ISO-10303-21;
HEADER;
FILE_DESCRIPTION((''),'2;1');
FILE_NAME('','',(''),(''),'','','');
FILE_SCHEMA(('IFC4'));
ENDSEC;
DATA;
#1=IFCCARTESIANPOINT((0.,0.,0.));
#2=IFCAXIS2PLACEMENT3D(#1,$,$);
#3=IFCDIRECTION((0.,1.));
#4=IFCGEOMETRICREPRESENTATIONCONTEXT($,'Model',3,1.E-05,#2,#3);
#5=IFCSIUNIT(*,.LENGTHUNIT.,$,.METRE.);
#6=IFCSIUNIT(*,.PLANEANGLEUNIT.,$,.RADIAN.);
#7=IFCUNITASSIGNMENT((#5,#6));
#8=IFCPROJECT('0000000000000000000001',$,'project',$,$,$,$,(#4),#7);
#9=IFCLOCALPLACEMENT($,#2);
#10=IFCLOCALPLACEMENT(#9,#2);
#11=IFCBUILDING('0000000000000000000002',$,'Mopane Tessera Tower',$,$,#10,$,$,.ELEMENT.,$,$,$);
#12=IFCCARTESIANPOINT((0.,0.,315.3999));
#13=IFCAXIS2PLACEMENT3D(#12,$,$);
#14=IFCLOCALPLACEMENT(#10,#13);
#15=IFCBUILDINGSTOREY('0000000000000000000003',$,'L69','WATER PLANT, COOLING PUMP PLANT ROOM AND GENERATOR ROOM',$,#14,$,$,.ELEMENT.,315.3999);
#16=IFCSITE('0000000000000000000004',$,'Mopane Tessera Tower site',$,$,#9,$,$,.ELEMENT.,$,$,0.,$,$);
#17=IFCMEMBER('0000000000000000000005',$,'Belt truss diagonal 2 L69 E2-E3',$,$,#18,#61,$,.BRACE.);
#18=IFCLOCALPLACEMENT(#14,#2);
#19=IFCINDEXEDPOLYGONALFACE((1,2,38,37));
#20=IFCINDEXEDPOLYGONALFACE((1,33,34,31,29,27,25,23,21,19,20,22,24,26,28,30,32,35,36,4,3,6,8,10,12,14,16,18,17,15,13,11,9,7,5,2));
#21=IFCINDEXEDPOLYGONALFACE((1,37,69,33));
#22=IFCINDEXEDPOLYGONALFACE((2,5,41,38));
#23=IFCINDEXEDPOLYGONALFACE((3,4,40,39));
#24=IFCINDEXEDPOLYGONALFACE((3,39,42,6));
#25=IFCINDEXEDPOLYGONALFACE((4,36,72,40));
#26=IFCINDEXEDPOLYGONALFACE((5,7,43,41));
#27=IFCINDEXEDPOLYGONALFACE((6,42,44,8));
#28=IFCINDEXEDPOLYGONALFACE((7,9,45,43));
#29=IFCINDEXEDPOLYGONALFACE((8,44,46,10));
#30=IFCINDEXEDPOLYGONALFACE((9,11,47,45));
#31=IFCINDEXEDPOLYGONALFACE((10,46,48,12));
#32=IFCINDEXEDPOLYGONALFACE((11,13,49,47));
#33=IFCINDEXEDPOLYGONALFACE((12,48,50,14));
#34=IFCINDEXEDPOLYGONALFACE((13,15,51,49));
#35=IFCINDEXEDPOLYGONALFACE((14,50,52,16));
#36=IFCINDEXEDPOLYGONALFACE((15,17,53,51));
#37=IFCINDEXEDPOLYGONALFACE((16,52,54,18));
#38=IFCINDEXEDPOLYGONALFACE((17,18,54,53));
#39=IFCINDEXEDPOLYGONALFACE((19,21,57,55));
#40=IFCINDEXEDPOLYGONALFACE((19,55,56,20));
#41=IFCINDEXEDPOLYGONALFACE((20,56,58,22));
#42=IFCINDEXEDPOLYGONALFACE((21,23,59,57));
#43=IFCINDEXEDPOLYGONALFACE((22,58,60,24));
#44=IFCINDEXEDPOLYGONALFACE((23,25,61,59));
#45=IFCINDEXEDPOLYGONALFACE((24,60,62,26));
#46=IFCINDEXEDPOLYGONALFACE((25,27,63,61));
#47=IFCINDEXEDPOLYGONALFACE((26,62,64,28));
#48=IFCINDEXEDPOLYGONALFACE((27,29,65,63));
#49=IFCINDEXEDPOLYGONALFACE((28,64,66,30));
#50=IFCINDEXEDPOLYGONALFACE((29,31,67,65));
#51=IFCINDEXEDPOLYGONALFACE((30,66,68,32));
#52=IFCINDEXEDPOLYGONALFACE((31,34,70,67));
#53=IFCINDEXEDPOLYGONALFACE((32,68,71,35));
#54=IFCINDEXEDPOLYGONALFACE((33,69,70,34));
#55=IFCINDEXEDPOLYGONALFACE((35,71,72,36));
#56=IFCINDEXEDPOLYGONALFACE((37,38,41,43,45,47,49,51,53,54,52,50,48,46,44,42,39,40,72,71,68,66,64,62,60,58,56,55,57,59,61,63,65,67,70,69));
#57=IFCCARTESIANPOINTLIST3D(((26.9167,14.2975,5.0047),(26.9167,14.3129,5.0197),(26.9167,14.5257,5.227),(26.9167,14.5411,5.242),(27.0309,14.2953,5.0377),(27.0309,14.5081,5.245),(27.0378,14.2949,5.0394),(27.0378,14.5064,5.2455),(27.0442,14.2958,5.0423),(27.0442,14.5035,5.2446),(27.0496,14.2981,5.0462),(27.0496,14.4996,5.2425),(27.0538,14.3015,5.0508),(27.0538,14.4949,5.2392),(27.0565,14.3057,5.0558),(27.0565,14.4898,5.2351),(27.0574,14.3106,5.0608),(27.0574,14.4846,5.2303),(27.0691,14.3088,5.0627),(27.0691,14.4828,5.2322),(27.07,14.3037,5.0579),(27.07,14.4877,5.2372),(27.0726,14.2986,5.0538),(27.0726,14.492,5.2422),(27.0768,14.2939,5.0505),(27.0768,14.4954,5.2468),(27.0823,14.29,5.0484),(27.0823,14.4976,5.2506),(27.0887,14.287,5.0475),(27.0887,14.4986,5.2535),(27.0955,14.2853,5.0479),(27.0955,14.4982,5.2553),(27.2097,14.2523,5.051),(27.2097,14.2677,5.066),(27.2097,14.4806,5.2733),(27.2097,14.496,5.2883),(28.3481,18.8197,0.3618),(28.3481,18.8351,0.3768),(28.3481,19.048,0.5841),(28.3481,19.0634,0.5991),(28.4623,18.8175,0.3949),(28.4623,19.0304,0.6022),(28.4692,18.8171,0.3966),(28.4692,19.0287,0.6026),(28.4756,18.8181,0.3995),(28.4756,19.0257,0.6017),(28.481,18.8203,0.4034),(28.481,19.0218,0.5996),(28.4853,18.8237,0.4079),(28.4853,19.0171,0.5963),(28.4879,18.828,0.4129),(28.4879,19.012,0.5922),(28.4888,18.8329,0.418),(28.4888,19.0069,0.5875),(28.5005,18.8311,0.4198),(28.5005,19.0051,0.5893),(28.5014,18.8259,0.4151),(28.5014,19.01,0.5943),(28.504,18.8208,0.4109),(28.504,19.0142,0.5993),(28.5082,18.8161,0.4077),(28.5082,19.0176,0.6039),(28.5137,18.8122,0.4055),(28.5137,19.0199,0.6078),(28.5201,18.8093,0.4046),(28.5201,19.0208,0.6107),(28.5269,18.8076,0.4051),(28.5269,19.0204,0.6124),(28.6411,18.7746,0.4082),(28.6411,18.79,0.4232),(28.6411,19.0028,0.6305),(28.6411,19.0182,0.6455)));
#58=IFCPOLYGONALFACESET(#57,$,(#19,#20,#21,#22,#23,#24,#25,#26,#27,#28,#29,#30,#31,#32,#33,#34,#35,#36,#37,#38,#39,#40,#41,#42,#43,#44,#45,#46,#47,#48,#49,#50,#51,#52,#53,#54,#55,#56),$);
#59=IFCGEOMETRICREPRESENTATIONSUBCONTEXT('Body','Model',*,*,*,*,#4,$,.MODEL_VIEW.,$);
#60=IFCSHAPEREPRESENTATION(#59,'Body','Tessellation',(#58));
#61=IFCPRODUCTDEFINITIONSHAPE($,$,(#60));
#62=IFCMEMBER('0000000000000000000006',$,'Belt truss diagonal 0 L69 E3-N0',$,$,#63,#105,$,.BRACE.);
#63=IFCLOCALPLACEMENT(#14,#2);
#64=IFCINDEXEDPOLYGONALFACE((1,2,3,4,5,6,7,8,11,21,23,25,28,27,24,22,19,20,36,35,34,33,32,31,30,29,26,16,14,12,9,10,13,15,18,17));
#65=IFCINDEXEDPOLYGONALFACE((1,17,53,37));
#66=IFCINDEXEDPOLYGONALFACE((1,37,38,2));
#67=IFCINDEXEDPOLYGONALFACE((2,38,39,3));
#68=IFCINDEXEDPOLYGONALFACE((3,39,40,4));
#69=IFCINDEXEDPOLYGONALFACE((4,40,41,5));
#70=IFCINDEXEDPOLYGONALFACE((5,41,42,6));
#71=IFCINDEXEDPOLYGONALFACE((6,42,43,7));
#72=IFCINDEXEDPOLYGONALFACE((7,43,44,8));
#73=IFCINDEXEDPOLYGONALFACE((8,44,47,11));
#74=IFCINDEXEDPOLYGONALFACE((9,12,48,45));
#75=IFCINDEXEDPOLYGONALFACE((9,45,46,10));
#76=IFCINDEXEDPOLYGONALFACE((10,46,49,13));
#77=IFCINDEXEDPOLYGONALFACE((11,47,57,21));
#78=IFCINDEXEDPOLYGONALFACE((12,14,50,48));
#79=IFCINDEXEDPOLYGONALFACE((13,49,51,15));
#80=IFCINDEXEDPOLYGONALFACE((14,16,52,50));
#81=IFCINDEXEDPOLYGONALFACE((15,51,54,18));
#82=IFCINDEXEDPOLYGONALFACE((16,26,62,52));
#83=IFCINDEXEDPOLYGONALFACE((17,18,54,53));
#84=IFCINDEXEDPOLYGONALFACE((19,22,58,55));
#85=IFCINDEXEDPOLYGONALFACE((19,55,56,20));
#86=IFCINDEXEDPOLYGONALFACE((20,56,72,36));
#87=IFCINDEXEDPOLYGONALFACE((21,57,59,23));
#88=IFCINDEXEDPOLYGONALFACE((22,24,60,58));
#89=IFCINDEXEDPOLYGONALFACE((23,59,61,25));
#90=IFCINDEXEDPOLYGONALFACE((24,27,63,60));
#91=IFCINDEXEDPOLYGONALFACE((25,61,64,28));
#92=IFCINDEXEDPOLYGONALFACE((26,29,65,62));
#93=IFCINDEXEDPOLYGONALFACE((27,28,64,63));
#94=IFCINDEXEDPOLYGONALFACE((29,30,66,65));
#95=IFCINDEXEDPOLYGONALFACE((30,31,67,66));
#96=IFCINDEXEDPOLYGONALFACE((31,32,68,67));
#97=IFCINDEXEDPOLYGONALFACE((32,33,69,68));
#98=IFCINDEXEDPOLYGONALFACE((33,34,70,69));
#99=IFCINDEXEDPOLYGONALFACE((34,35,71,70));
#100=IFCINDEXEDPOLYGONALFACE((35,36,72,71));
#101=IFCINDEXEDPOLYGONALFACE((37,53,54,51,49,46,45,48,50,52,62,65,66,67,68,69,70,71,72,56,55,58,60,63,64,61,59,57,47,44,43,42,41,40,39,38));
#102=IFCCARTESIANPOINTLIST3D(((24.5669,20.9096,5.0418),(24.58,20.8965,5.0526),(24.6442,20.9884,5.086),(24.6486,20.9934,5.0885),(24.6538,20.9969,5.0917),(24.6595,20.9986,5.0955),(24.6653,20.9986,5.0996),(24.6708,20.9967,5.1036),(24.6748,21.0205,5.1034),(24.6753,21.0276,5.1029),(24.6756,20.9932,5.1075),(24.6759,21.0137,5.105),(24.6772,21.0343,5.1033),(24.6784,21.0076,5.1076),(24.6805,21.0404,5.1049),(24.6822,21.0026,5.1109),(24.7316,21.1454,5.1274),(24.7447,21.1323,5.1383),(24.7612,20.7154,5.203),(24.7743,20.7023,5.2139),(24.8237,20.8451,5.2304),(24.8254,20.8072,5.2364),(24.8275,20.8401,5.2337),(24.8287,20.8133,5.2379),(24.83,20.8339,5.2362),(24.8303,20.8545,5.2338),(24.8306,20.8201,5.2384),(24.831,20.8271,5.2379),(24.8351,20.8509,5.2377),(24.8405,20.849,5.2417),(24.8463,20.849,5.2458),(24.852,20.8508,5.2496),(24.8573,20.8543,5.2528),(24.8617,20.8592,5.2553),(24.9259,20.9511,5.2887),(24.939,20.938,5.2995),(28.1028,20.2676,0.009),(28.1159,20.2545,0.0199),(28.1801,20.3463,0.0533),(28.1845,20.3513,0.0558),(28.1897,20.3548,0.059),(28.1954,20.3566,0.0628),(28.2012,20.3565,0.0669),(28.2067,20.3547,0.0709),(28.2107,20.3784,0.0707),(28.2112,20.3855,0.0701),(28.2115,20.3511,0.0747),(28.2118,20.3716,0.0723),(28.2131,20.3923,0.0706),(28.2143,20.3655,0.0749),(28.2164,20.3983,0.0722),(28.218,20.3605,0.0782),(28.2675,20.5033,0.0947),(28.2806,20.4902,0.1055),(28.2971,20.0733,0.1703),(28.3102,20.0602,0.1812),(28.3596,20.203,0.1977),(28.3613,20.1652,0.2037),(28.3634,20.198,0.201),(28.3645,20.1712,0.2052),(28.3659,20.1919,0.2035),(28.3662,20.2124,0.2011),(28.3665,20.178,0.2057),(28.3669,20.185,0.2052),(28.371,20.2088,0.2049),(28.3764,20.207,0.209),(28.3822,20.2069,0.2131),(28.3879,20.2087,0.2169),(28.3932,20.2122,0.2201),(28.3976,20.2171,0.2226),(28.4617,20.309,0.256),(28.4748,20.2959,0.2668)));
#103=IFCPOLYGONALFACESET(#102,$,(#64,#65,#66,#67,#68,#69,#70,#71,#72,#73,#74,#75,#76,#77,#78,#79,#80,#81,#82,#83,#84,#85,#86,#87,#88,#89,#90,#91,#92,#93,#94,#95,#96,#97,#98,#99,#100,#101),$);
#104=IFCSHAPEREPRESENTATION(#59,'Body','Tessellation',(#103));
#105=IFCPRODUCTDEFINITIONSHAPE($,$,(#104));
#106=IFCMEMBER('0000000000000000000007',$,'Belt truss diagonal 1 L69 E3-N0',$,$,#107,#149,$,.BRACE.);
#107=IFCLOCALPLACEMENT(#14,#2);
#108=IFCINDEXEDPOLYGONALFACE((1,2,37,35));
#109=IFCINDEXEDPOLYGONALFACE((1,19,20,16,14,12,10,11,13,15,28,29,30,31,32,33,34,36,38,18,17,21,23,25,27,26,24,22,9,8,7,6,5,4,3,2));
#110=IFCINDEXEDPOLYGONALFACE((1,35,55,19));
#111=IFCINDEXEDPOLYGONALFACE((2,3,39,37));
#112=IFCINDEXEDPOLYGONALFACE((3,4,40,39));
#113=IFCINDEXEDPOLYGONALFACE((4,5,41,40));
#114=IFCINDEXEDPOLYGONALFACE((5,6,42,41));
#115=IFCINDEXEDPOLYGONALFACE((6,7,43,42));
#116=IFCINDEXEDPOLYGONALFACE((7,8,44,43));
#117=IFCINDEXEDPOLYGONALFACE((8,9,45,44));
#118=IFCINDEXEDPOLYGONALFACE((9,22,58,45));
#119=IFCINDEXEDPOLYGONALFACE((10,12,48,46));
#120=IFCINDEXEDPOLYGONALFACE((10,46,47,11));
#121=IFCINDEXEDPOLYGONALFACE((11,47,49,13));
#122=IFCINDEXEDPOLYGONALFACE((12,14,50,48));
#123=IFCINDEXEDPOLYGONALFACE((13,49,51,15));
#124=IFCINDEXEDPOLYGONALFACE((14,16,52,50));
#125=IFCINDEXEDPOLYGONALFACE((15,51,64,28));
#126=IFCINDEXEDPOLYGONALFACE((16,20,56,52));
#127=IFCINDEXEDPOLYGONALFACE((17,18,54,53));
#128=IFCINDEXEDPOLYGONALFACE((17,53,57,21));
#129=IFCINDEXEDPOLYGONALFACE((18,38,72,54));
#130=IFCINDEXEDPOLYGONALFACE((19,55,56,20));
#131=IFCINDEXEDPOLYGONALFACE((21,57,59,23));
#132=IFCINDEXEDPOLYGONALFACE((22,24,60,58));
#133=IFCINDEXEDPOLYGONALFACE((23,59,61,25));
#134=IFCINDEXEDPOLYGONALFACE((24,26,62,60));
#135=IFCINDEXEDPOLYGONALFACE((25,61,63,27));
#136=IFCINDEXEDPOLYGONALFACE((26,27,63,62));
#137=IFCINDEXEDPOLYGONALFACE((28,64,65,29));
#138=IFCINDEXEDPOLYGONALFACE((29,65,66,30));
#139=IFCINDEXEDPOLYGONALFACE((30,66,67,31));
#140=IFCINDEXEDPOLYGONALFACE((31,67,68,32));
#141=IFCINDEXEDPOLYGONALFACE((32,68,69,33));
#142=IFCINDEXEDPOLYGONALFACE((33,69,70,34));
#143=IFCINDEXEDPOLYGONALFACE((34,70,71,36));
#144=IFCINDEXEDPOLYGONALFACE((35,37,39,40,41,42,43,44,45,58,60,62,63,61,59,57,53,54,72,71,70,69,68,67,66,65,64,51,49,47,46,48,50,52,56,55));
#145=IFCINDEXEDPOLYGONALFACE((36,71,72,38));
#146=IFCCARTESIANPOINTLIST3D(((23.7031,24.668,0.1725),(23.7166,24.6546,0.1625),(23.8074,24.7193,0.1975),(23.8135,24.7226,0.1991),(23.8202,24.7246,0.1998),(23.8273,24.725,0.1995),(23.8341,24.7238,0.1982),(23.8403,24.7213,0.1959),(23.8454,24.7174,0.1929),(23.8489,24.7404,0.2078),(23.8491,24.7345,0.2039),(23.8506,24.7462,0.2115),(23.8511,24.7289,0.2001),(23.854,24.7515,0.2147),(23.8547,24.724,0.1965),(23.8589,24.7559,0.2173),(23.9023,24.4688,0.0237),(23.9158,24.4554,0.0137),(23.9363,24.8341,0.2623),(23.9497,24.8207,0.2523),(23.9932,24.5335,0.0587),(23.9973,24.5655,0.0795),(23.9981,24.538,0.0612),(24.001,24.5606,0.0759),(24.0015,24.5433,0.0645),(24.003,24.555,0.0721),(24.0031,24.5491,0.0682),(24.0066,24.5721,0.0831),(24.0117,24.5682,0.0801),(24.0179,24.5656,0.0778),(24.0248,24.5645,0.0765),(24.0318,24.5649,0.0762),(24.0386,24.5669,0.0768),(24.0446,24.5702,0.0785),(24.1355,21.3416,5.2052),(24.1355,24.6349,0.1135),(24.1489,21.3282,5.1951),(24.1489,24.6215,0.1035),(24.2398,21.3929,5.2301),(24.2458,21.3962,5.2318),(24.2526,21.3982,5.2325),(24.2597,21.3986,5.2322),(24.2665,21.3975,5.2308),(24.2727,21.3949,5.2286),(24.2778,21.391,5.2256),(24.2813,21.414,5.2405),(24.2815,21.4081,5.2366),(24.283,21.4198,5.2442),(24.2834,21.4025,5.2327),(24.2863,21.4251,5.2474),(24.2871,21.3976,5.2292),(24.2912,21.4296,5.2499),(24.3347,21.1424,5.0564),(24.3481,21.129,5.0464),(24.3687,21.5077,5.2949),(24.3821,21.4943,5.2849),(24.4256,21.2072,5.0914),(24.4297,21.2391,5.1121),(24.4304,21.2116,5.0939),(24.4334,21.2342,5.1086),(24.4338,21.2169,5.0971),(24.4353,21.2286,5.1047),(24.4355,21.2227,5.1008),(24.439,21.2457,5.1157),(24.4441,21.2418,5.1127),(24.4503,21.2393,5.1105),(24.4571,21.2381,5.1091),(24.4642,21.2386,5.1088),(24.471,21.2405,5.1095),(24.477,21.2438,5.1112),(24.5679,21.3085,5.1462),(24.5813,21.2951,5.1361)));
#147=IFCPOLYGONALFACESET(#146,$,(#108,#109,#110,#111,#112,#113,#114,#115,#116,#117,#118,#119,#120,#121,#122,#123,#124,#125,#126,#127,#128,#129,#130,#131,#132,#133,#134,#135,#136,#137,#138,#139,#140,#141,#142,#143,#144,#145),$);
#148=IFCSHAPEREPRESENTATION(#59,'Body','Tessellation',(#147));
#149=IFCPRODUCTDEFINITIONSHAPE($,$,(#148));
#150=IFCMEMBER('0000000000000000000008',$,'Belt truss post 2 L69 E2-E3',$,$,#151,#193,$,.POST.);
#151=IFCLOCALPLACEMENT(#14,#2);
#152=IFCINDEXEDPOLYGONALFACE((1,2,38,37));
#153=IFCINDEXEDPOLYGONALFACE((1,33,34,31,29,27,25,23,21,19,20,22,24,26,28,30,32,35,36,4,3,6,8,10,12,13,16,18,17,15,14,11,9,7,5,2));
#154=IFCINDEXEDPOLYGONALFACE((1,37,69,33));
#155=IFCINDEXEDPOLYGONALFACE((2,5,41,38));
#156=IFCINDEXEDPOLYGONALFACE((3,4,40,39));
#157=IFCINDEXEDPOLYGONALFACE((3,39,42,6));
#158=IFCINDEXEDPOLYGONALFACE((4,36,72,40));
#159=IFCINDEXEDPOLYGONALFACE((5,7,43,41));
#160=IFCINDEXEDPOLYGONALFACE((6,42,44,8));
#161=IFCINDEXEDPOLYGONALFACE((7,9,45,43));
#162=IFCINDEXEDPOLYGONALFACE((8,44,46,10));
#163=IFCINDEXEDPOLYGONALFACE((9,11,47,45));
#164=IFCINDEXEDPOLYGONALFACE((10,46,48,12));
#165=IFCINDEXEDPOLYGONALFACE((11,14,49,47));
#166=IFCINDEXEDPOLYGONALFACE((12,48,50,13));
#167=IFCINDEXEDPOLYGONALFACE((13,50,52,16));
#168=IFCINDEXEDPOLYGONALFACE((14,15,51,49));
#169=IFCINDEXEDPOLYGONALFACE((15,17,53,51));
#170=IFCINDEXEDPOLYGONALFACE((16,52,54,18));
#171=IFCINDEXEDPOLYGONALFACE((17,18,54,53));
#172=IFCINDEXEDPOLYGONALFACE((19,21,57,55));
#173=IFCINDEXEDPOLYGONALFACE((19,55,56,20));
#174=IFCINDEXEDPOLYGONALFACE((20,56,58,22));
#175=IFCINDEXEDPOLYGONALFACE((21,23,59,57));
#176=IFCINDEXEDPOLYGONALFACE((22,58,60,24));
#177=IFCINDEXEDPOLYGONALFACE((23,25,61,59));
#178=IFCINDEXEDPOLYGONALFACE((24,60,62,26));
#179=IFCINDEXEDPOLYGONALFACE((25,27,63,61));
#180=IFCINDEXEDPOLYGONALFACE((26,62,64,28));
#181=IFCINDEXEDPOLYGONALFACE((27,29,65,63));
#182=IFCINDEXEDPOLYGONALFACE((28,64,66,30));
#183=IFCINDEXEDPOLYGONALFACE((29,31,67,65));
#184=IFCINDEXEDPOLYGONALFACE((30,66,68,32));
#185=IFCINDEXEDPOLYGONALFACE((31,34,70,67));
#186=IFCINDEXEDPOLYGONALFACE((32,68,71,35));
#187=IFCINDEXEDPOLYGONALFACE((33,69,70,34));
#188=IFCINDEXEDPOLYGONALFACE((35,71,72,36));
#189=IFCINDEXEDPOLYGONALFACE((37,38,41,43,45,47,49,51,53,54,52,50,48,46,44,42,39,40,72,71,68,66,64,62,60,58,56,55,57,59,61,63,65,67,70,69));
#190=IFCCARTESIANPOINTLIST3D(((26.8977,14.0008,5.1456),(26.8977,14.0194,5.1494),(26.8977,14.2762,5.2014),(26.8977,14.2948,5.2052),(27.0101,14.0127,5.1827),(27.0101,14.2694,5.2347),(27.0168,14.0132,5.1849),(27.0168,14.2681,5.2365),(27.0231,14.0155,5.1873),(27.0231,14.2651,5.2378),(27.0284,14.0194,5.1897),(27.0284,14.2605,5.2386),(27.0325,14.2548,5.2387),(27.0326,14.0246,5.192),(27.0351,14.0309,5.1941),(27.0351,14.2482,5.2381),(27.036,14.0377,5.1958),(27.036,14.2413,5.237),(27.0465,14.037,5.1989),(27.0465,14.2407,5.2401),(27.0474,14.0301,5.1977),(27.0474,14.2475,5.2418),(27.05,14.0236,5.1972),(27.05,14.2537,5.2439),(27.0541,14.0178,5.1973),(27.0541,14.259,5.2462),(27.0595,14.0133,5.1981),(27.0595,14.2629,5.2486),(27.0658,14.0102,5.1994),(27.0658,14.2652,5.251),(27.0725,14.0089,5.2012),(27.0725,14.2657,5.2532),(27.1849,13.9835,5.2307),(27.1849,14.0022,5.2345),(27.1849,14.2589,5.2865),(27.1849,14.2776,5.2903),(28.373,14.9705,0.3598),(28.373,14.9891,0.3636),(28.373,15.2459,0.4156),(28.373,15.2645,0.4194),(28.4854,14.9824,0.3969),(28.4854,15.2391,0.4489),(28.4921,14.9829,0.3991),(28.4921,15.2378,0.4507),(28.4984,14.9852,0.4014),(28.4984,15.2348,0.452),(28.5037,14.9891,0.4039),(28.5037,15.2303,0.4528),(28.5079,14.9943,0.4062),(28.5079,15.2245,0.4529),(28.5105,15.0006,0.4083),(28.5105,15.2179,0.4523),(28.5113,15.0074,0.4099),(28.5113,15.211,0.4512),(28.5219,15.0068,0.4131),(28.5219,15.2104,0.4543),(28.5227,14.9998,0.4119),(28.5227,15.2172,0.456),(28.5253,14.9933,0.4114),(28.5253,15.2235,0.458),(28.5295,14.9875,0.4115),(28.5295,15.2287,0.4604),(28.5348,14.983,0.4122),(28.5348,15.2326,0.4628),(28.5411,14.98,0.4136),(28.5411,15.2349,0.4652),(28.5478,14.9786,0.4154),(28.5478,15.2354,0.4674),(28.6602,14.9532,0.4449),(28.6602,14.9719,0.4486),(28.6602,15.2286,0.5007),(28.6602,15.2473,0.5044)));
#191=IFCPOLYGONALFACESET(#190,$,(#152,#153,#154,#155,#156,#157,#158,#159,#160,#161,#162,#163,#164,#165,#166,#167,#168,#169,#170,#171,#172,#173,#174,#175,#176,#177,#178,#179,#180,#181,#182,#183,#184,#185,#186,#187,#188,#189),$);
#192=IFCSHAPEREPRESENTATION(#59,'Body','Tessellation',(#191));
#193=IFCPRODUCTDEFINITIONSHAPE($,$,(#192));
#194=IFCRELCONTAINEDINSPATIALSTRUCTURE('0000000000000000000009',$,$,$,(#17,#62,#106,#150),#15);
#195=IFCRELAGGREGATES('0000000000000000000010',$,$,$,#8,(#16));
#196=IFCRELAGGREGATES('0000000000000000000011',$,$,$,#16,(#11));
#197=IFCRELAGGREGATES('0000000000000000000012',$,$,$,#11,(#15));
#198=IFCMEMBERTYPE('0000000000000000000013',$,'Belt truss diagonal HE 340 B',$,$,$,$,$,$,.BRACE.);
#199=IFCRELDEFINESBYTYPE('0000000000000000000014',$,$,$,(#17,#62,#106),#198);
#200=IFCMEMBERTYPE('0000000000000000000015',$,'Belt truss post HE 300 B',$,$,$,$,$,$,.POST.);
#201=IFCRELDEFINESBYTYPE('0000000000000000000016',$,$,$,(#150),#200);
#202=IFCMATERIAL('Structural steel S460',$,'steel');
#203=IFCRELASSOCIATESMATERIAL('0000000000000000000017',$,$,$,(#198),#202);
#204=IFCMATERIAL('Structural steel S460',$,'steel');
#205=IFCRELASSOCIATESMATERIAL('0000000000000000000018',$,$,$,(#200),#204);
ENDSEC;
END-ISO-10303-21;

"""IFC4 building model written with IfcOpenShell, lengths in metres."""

from ifc_helpers import new_model, si_unit, direction, frame, origin, origin_2d, place, context, subcontext, project, spatial, i_section, extrude, material, material_profile, profile_set, type_object, element, save


model = new_model("IFC4")

# Units and contexts
model_context = context("Model", 3, precision=1e-05, world=origin(), true_north=direction((0.0, 1.0)))
body_context = subcontext(model_context, "Body", "Model", "MODEL_VIEW")
ifc_project = project(units=[si_unit("LENGTHUNIT", "METRE"), si_unit("PLANEANGLEUNIT", "RADIAN")], contexts=[model_context])

# Site, building, storey
site_placement = place(None, origin())
site = spatial("IfcSite", under=ifc_project, at=site_placement, Name="Mopane Tessera Tower site", CompositionType="ELEMENT", RefElevation=0.0)
building_placement = place(site_placement, origin())
building = spatial("IfcBuilding", under=site, at=building_placement, Name="Mopane Tessera Tower", CompositionType="ELEMENT")
storey_placement = place(building_placement, frame((0.0, 0.0, 315.3999)))
storey = spatial("IfcBuildingStorey", under=building, at=storey_placement, Name="L69", Description="WATER PLANT, COOLING PUMP PLANT ROOM AND GENERATOR ROOM", CompositionType="ELEMENT", Elevation=315.3999)

# Members
ifc_material_1 = material(Name="Structural steel S460", Category="steel")
ifc_material_profile_1 = material_profile(ifc_material_1, i_section(OverallWidth=0.3, OverallDepth=0.3401, WebThickness=0.012, FlangeThickness=0.0215, FilletRadius=0.0271, at=origin_2d()))
ifc_profile_set_1 = profile_set([ifc_material_profile_1], Name="Structural steel S460")
member_type_1 = type_object("IfcMemberType", Name="Belt truss diagonal HE 340 B", PredefinedType="BRACE", material=ifc_profile_set_1)
member_1_placement = place(storey_placement, frame((27.0632, 14.3967, 5.1465), z_axis=(0.215656, 0.681323, -0.699494), x_axis=(-0.976469, 0.150469, -0.154488)))
element("IfcMember", 1, at=member_1_placement, inside=storey, type_object=member_type_1, Name="Belt truss diagonal 2 L69 E2-E3", PredefinedType="BRACE", context=body_context, shape_type="SweptSolid", body=[
    extrude(i_section(OverallWidth=0.3, OverallDepth=0.3401, WebThickness=0.012, FlangeThickness=0.0215, FilletRadius=0.0271, at=origin_2d()), origin(), (0.0, 0.0, 1.0), 6.6375),
])
member_2_placement = place(storey_placement, frame((28.2888, 20.2817, 0.1379), z_axis=(-0.571772, 0.103829, 0.813816), x_axis=(-0.548845, -0.785707, -0.285365)))
element("IfcMember", 2, at=member_2_placement, inside=storey, type_object=member_type_1, Name="Belt truss diagonal 0 L69 E3-N0", PredefinedType="BRACE", context=body_context, shape_type="SweptSolid", body=[
    extrude(i_section(OverallWidth=0.3, OverallDepth=0.3401, WebThickness=0.012, FlangeThickness=0.0215, FilletRadius=0.0271, at=origin_2d()), origin(), (0.0, 0.0, 1.0), 6.1841),
])
member_3_placement = place(storey_placement, frame((24.3584, 21.3184, 5.1707), z_axis=(-0.071488, 0.549988, -0.832107), x_axis=(-0.777153, -0.55365, -0.299173)))
element("IfcMember", 3, at=member_3_placement, inside=storey, type_object=member_type_1, Name="Belt truss diagonal 1 L69 E3-N0", PredefinedType="BRACE", context=body_context, shape_type="SweptSolid", body=[
    extrude(i_section(OverallWidth=0.3, OverallDepth=0.3401, WebThickness=0.012, FlangeThickness=0.0215, FilletRadius=0.0271, at=origin_2d()), origin(), (0.0, 0.0, 1.0), 6.0481),
])
ifc_material_2 = material(Name="Structural steel S460", Category="steel")
ifc_material_profile_2 = material_profile(ifc_material_2, i_section(OverallWidth=0.3, OverallDepth=0.3, WebThickness=0.011, FlangeThickness=0.019, FilletRadius=0.0271, at=origin_2d()))
ifc_profile_set_2 = profile_set([ifc_material_profile_2], Name="Structural steel S460")
member_type_2 = type_object("IfcMemberType", Name="Belt truss post HE 300 B", PredefinedType="POST", material=ifc_profile_set_2)
member_4_placement = place(storey_placement, frame((28.5166, 15.1089, 0.4321), z_axis=(-0.289217, -0.1901, 0.938198), x_axis=(-0.957263, 0.057415, -0.283461)))
element("IfcMember", 4, at=member_4_placement, inside=storey, type_object=member_type_2, Name="Belt truss post 2 L69 E2-E3", PredefinedType="POST", context=body_context, shape_type="SweptSolid", body=[
    extrude(i_section(OverallWidth=0.3, OverallDepth=0.3, WebThickness=0.011, FlangeThickness=0.019, FilletRadius=0.0271, at=origin_2d()), origin(), (0.0, 0.0, 1.0), 5.1011),
])

save(model, "model.ifc")
